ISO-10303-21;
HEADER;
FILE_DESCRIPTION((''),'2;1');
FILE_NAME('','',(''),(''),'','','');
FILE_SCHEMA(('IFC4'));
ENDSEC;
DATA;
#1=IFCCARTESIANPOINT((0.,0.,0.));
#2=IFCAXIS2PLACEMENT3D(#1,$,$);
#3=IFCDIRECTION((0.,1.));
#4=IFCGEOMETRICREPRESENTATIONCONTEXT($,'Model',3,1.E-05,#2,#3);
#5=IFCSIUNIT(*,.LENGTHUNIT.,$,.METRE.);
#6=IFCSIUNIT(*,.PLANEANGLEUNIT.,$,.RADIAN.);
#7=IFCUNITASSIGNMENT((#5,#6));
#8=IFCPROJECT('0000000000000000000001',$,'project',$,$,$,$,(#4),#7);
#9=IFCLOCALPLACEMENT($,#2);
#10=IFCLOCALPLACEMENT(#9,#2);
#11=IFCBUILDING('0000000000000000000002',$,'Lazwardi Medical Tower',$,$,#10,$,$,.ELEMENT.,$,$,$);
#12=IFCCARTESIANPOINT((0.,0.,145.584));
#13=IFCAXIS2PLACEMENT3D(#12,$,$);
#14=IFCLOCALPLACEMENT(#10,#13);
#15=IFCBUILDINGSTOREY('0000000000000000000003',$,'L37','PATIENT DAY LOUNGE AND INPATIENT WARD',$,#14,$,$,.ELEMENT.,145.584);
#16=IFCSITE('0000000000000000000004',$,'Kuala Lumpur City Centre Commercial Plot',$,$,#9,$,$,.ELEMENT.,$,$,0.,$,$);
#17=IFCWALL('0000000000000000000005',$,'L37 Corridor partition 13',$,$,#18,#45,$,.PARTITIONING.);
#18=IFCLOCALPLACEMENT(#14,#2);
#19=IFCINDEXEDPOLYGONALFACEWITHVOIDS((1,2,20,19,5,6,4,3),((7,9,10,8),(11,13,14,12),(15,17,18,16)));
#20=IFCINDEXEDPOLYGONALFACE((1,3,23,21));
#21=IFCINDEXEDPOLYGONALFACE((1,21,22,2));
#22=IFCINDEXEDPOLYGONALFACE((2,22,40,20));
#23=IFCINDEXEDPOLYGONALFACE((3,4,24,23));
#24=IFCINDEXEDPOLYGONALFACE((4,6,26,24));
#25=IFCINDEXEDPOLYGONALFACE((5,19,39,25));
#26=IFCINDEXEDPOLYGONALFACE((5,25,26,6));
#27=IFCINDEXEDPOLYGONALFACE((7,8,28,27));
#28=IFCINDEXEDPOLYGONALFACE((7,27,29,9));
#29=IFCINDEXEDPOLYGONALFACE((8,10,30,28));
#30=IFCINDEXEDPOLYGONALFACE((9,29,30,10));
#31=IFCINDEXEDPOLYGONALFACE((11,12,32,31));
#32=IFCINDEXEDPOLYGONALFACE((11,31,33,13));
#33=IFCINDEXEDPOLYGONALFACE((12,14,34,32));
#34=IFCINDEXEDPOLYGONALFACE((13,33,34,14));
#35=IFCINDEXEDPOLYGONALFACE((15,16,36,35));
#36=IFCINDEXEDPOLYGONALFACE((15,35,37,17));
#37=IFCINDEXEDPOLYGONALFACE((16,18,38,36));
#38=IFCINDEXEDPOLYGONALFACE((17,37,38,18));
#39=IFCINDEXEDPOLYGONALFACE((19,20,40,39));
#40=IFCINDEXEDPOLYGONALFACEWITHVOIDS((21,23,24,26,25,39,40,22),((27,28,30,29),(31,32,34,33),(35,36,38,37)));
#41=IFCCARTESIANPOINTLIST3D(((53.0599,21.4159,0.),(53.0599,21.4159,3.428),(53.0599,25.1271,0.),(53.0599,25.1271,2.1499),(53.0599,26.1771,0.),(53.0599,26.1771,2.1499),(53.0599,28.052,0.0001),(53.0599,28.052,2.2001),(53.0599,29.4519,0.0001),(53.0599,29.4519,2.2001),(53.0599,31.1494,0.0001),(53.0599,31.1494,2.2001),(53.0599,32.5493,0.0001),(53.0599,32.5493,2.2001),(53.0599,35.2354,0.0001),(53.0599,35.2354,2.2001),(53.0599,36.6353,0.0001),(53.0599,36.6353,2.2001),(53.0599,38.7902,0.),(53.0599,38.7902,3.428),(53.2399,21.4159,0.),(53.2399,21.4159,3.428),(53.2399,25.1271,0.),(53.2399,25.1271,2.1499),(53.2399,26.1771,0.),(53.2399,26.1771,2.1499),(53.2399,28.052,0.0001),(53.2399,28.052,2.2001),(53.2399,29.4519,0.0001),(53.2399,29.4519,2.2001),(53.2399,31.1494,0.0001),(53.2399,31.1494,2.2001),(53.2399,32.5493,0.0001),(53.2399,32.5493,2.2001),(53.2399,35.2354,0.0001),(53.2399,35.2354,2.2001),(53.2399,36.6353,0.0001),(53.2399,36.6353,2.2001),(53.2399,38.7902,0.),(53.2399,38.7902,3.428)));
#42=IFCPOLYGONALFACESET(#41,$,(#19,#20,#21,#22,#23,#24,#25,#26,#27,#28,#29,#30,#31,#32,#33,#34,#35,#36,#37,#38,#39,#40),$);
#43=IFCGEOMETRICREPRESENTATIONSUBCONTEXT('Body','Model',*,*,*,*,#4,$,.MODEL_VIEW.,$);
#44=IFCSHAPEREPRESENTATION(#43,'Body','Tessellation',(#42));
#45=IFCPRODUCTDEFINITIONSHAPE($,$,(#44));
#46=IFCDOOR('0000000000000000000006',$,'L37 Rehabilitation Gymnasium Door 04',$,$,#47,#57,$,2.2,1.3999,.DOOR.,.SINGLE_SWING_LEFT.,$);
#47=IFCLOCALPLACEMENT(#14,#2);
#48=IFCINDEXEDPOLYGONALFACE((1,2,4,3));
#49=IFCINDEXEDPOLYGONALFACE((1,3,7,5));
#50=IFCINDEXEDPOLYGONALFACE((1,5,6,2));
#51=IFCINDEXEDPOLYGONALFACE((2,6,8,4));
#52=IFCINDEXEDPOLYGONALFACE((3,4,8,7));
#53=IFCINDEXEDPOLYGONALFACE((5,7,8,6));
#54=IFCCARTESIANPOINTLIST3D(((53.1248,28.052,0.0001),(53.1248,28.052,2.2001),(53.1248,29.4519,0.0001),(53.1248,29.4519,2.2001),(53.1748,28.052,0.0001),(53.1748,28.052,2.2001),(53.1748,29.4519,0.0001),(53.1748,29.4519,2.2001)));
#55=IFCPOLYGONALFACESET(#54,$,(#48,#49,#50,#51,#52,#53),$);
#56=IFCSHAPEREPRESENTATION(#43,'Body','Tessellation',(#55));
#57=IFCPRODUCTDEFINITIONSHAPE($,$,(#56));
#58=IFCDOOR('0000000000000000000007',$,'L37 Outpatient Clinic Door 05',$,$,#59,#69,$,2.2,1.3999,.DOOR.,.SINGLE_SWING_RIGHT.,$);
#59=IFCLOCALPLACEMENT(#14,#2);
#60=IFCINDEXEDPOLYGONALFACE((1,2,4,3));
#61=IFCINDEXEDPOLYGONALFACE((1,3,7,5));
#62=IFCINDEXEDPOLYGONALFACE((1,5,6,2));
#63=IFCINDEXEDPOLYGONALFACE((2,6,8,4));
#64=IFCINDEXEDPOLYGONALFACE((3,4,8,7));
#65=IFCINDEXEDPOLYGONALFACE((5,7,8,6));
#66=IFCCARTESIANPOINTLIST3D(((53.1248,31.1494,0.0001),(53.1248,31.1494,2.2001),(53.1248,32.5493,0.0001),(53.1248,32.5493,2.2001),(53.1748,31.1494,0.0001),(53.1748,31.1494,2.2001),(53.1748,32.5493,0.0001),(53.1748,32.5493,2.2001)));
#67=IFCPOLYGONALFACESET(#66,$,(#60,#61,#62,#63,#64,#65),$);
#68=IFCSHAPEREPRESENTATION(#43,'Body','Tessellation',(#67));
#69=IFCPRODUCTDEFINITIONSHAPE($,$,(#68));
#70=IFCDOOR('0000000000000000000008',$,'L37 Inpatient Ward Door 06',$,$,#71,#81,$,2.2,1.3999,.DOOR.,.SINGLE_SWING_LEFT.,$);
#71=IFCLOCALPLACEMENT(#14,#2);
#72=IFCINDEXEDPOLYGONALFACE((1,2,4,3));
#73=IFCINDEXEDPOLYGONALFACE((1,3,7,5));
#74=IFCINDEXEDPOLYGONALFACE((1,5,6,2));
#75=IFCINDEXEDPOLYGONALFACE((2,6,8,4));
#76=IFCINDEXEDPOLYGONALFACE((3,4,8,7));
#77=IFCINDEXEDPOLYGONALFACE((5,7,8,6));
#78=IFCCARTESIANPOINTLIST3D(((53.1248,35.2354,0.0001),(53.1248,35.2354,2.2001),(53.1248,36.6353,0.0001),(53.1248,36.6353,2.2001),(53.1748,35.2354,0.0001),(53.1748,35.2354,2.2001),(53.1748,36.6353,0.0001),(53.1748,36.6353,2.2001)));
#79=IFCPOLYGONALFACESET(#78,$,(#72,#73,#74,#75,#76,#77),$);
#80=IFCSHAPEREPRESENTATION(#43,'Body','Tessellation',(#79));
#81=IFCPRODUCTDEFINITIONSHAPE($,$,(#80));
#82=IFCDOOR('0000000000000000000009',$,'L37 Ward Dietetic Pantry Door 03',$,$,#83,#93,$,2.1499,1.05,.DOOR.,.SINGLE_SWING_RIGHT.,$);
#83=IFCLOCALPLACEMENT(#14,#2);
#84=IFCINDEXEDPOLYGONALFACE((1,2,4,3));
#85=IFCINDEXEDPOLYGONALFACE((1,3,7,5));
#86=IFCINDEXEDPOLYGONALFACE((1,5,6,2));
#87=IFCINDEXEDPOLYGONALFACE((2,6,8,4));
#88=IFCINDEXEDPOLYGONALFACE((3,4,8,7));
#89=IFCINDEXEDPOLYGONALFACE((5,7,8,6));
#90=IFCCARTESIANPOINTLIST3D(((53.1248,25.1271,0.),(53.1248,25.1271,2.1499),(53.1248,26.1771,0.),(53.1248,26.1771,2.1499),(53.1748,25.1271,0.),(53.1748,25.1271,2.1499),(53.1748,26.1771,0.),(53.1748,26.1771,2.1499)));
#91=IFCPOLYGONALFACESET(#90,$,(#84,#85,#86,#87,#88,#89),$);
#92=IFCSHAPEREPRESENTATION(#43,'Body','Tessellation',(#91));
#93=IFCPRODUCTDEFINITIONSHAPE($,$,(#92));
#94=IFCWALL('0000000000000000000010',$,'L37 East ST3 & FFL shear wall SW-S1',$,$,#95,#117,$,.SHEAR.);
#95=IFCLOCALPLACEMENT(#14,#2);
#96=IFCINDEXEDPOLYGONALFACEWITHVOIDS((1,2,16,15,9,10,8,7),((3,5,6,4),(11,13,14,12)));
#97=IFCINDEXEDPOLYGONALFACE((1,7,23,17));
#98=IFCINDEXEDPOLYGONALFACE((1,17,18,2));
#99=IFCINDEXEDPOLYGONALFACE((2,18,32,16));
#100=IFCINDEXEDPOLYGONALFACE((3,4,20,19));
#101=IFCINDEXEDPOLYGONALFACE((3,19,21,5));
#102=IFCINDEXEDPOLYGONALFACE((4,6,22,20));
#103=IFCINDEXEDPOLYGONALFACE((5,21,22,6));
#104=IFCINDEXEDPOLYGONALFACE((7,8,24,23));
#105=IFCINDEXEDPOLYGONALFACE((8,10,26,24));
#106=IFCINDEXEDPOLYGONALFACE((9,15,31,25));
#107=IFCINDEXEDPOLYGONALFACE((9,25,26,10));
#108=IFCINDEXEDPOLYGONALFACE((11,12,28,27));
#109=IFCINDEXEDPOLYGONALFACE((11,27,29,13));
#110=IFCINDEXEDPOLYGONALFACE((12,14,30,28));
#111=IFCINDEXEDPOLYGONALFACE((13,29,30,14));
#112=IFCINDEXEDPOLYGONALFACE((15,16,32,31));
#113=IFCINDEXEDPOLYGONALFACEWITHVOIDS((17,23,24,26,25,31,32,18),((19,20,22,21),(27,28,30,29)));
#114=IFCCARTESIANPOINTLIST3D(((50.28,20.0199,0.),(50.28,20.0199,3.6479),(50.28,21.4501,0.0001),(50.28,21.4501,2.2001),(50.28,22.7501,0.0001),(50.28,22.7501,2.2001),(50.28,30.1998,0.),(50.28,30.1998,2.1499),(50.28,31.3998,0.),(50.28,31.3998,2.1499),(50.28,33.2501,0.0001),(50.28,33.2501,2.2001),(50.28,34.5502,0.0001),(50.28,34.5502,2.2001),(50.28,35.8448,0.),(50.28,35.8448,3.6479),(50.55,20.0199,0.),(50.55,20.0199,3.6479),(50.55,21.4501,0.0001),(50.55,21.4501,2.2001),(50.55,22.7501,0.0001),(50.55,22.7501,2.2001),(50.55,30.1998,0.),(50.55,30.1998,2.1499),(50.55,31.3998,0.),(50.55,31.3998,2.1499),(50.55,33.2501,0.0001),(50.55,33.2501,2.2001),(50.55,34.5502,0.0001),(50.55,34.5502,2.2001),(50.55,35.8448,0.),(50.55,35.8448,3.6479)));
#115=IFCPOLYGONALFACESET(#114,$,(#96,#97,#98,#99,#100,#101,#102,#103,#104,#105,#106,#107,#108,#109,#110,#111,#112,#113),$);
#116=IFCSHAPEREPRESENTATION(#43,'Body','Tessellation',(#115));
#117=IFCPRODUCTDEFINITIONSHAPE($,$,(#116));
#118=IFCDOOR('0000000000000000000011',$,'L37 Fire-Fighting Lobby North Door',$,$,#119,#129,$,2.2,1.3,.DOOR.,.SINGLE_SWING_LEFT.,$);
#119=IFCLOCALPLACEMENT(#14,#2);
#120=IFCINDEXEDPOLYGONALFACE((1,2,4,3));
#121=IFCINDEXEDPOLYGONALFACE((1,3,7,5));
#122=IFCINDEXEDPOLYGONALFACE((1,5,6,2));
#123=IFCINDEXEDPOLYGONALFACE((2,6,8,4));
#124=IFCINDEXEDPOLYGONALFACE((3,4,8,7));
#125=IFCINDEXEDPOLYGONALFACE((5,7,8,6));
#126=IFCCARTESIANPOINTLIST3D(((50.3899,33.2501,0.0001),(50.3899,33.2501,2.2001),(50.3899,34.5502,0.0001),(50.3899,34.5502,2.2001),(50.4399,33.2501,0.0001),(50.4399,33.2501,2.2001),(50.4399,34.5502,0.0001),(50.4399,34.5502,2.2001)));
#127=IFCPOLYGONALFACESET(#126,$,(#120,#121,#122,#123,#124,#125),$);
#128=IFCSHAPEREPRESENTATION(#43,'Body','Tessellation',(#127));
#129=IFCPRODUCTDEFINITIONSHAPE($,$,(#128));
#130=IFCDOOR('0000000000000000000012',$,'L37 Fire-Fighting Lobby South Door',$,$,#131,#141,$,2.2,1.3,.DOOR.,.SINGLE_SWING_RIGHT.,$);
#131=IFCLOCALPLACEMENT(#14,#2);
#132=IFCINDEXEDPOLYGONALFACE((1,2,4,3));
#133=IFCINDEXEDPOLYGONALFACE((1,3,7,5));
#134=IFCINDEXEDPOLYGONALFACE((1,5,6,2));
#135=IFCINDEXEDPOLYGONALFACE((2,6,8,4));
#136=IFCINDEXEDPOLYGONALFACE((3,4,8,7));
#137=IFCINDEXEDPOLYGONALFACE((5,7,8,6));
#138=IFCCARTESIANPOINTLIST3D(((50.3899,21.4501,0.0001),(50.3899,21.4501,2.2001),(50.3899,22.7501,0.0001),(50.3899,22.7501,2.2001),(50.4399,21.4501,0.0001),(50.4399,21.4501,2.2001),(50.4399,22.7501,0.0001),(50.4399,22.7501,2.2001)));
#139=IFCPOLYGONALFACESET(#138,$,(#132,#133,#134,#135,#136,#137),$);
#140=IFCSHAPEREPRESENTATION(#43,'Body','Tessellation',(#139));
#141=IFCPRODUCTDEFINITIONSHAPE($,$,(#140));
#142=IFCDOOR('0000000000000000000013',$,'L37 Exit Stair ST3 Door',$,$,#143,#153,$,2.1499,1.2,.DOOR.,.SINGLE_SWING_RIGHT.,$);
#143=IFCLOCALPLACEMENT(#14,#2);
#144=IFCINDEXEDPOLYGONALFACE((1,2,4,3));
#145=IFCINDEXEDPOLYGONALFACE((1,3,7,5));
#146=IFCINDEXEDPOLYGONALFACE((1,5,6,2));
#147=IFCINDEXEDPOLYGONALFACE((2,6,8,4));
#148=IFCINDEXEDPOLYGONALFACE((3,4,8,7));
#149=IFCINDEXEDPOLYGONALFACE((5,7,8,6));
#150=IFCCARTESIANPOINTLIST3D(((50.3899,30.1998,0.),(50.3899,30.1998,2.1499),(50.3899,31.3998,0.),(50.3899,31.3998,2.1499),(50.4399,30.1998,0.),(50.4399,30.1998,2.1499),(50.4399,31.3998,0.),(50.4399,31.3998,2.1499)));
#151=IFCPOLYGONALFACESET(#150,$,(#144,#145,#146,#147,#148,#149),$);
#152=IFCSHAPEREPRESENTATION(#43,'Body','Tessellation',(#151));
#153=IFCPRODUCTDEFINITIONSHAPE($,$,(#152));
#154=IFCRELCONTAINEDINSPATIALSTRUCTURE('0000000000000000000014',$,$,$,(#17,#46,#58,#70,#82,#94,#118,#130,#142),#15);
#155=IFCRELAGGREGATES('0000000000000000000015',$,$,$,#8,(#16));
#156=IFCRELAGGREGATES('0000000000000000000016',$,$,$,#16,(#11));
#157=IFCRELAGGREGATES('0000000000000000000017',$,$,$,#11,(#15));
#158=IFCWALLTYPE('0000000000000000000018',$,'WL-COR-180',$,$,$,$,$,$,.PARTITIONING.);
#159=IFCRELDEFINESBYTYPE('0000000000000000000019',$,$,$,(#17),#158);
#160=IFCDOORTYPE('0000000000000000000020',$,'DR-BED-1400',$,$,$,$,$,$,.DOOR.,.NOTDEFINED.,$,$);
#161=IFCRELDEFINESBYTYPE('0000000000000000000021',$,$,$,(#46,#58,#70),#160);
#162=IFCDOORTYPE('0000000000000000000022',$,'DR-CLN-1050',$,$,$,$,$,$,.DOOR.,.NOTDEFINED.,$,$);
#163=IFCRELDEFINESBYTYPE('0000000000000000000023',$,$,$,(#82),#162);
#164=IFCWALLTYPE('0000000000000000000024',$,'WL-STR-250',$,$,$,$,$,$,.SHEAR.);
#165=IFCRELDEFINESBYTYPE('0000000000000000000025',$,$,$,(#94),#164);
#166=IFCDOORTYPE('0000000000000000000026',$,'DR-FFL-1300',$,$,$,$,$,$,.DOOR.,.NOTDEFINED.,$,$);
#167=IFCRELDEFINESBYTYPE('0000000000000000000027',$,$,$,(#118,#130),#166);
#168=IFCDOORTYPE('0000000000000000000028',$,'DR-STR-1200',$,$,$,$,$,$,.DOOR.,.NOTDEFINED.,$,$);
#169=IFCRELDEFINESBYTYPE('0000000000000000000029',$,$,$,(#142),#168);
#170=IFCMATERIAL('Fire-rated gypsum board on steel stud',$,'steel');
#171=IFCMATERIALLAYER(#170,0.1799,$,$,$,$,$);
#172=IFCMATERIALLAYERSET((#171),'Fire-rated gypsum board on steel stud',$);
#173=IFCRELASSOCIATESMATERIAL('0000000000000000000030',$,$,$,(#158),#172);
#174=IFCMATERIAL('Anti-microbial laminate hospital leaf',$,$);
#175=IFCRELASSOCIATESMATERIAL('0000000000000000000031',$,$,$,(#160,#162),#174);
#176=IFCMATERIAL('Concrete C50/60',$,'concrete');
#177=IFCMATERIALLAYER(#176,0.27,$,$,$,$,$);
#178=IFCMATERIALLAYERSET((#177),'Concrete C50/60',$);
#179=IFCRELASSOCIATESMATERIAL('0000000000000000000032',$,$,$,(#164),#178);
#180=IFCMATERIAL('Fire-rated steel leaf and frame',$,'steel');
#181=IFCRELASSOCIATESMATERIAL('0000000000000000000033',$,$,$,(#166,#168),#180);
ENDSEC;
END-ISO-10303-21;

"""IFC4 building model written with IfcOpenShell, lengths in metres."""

from ifc_helpers import new_model, si_unit, direction, frame, frame_2d, origin, place, context, subcontext, project, spatial, rectangle, extrude, material, layer, layer_set, type_object, element, fill, save


model = new_model("IFC4")

# Units and contexts
model_context = context("Model", 3, precision=1e-05, world=origin(), true_north=direction((0.0, 1.0)))
body_context = subcontext(model_context, "Body", "Model", "MODEL_VIEW")
ifc_project = project(units=[si_unit("LENGTHUNIT", "METRE"), si_unit("PLANEANGLEUNIT", "RADIAN")], contexts=[model_context])

# Site, building, storey
site_placement = place(None, origin())
site = spatial("IfcSite", under=ifc_project, at=site_placement, Name="Kuala Lumpur City Centre Commercial Plot", CompositionType="ELEMENT", RefElevation=0.0)
building_placement = place(site_placement, origin())
building = spatial("IfcBuilding", under=site, at=building_placement, Name="Lazwardi Medical Tower", CompositionType="ELEMENT")
storey_placement = place(building_placement, frame((0.0, 0.0, 145.584)))
storey = spatial("IfcBuildingStorey", under=building, at=storey_placement, Name="L37", Description="PATIENT DAY LOUNGE AND INPATIENT WARD", CompositionType="ELEMENT", Elevation=145.584)

# Walls, openings, doors
ifc_material_1 = material(Name="Fire-rated gypsum board on steel stud", Category="steel")
ifc_layer_1 = layer(ifc_material_1, 0.1799)
ifc_layer_set_1 = layer_set([ifc_layer_1], Name="Fire-rated gypsum board on steel stud")
wall_type_1 = type_object("IfcWallType", Name="WL-COR-180", PredefinedType="PARTITIONING", material=ifc_layer_set_1)
wall_1_placement = place(storey_placement, frame((53.1499, 38.79, 0.0), z_axis=(0.0, 0.0, 1.0), x_axis=(0.0, -1.0, 0.0)))
wall_1 = element("IfcWall", 1, at=wall_1_placement, inside=storey, type_object=wall_type_1, Name="L37 Corridor partition 13", PredefinedType="PARTITIONING", context=body_context, shape_type="SweptSolid", body=[
    extrude(rectangle(XDim=17.3743, YDim=0.1799, at=frame_2d((8.687, 0.0))), origin(), (0.0, 0.0, 1.0), 3.428),
])
opening_1_placement = place(wall_1_placement, frame((12.613, 0.0, 0.0)))
opening_1 = element("IfcOpeningElement", 2, at=opening_1_placement, cuts=wall_1, PredefinedType="OPENING", context=body_context, shape_type="SweptSolid", body=[
    extrude(rectangle(XDim=1.05, YDim=2.1499, at=frame_2d((0.5249, 1.075))), frame((0.0, 0.0999, 0.0), z_axis=(0.0, -1.0, 0.0), x_axis=(1.0, 0.0, 0.0)), (0.0, 0.0, 1.0), 0.2),
])
opening_2_placement = place(wall_1_placement, frame((9.3381, 0.0, 0.0)))
opening_2 = element("IfcOpeningElement", 3, at=opening_2_placement, cuts=wall_1, PredefinedType="OPENING", context=body_context, shape_type="SweptSolid", body=[
    extrude(rectangle(XDim=1.3999, YDim=2.2, at=frame_2d((0.7, 1.1001))), frame((0.0, 0.0999, 0.0), z_axis=(0.0, -1.0, 0.0), x_axis=(1.0, 0.0, 0.0)), (0.0, 0.0, 1.0), 0.2),
])
opening_3_placement = place(wall_1_placement, frame((6.2407, 0.0, 0.0)))
opening_3 = element("IfcOpeningElement", 4, at=opening_3_placement, cuts=wall_1, PredefinedType="OPENING", context=body_context, shape_type="SweptSolid", body=[
    extrude(rectangle(XDim=1.3999, YDim=2.2, at=frame_2d((0.7, 1.1001))), frame((0.0, 0.0999, 0.0), z_axis=(0.0, -1.0, 0.0), x_axis=(1.0, 0.0, 0.0)), (0.0, 0.0, 1.0), 0.2),
])
opening_4_placement = place(wall_1_placement, frame((2.1548, 0.0, 0.0)))
opening_4 = element("IfcOpeningElement", 5, at=opening_4_placement, cuts=wall_1, PredefinedType="OPENING", context=body_context, shape_type="SweptSolid", body=[
    extrude(rectangle(XDim=1.3999, YDim=2.2, at=frame_2d((0.7, 1.1001))), frame((0.0, 0.0999, 0.0), z_axis=(0.0, -1.0, 0.0), x_axis=(1.0, 0.0, 0.0)), (0.0, 0.0, 1.0), 0.2),
])
ifc_material_2 = material(Name="Anti-microbial laminate hospital leaf")
door_type_1 = type_object("IfcDoorType", Name="DR-BED-1400", OperationType="NOTDEFINED", PredefinedType="DOOR", material=ifc_material_2)
door_1_placement = place(opening_2_placement, origin())
door_1 = element("IfcDoor", 6, at=door_1_placement, inside=storey, type_object=door_type_1, Name="L37 Rehabilitation Gymnasium Door 04", OperationType="SINGLE_SWING_LEFT", OverallHeight=2.2, OverallWidth=1.3999, PredefinedType="DOOR", context=body_context, shape_type="SweptSolid", body=[
    extrude(rectangle(XDim=1.3999, YDim=2.2, at=frame_2d((0.7, 1.1001))), frame((0.0, 0.0249, 0.0), z_axis=(0.0, -1.0, 0.0), x_axis=(1.0, 0.0, 0.0)), (0.0, 0.0, 1.0), 0.05),
])
fill(opening_2, door_1)
door_2_placement = place(opening_3_placement, origin())
door_2 = element("IfcDoor", 7, at=door_2_placement, inside=storey, type_object=door_type_1, Name="L37 Outpatient Clinic Door 05", OperationType="SINGLE_SWING_RIGHT", OverallHeight=2.2, OverallWidth=1.3999, PredefinedType="DOOR", context=body_context, shape_type="SweptSolid", body=[
    extrude(rectangle(XDim=1.3999, YDim=2.2, at=frame_2d((0.7, 1.1001))), frame((0.0, 0.0249, 0.0), z_axis=(0.0, -1.0, 0.0), x_axis=(1.0, 0.0, 0.0)), (0.0, 0.0, 1.0), 0.05),
])
fill(opening_3, door_2)
door_3_placement = place(opening_4_placement, origin())
door_3 = element("IfcDoor", 8, at=door_3_placement, inside=storey, type_object=door_type_1, Name="L37 Inpatient Ward Door 06", OperationType="SINGLE_SWING_LEFT", OverallHeight=2.2, OverallWidth=1.3999, PredefinedType="DOOR", context=body_context, shape_type="SweptSolid", body=[
    extrude(rectangle(XDim=1.3999, YDim=2.2, at=frame_2d((0.7, 1.1001))), frame((0.0, 0.0249, 0.0), z_axis=(0.0, -1.0, 0.0), x_axis=(1.0, 0.0, 0.0)), (0.0, 0.0, 1.0), 0.05),
])
fill(opening_4, door_3)
door_type_2 = type_object("IfcDoorType", Name="DR-CLN-1050", OperationType="NOTDEFINED", PredefinedType="DOOR", material=ifc_material_2)
door_4_placement = place(opening_1_placement, origin())
door_4 = element("IfcDoor", 9, at=door_4_placement, inside=storey, type_object=door_type_2, Name="L37 Ward Dietetic Pantry Door 03", OperationType="SINGLE_SWING_RIGHT", OverallHeight=2.1499, OverallWidth=1.05, PredefinedType="DOOR", context=body_context, shape_type="SweptSolid", body=[
    extrude(rectangle(XDim=1.05, YDim=2.1499, at=frame_2d((0.5249, 1.075))), frame((0.0, 0.0249, 0.0), z_axis=(0.0, -1.0, 0.0), x_axis=(1.0, 0.0, 0.0)), (0.0, 0.0, 1.0), 0.05),
])
fill(opening_1, door_4)
ifc_material_3 = material(Name="Concrete C50/60", Category="concrete")
ifc_layer_2 = layer(ifc_material_3, 0.27)
ifc_layer_set_2 = layer_set([ifc_layer_2], Name="Concrete C50/60")
wall_type_2 = type_object("IfcWallType", Name="WL-STR-250", PredefinedType="SHEAR", material=ifc_layer_set_2)
wall_2_placement = place(storey_placement, frame((50.415, 35.845, 0.0), z_axis=(0.0, 0.0, 1.0), x_axis=(0.0, -1.0, 0.0)))
wall_2 = element("IfcWall", 10, at=wall_2_placement, inside=storey, type_object=wall_type_2, Name="L37 East ST3 & FFL shear wall SW-S1", PredefinedType="SHEAR", context=body_context, shape_type="SweptSolid", body=[
    extrude(rectangle(XDim=15.825, YDim=0.27, at=frame_2d((7.9126, 0.0))), origin(), (0.0, 0.0, 1.0), 3.6479),
])
opening_5_placement = place(wall_2_placement, frame((4.4451, 0.0, 0.0)))
opening_5 = element("IfcOpeningElement", 11, at=opening_5_placement, cuts=wall_2, PredefinedType="OPENING", context=body_context, shape_type="SweptSolid", body=[
    extrude(rectangle(XDim=1.2, YDim=2.1499, at=frame_2d((0.6001, 1.075))), frame((0.0, 0.145, 0.0), z_axis=(0.0, -1.0, 0.0), x_axis=(1.0, 0.0, 0.0)), (0.0, 0.0, 1.0), 0.29),
])
opening_6_placement = place(wall_2_placement, frame((1.2949, 0.0, 0.0)))
opening_6 = element("IfcOpeningElement", 12, at=opening_6_placement, cuts=wall_2, PredefinedType="OPENING", context=body_context, shape_type="SweptSolid", body=[
    extrude(rectangle(XDim=1.3, YDim=2.2, at=frame_2d((0.6499, 1.1001))), frame((0.0, 0.145, 0.0), z_axis=(0.0, -1.0, 0.0), x_axis=(1.0, 0.0, 0.0)), (0.0, 0.0, 1.0), 0.29),
])
opening_7_placement = place(wall_2_placement, frame((13.095, 0.0, 0.0)))
opening_7 = element("IfcOpeningElement", 13, at=opening_7_placement, cuts=wall_2, PredefinedType="OPENING", context=body_context, shape_type="SweptSolid", body=[
    extrude(rectangle(XDim=1.3, YDim=2.2, at=frame_2d((0.6499, 1.1001))), frame((0.0, 0.145, 0.0), z_axis=(0.0, -1.0, 0.0), x_axis=(1.0, 0.0, 0.0)), (0.0, 0.0, 1.0), 0.29),
])
ifc_material_4 = material(Name="Fire-rated steel leaf and frame", Category="steel")
door_type_3 = type_object("IfcDoorType", Name="DR-FFL-1300", OperationType="NOTDEFINED", PredefinedType="DOOR", material=ifc_material_4)
door_5_placement = place(opening_6_placement, origin())
door_5 = element("IfcDoor", 14, at=door_5_placement, inside=storey, type_object=door_type_3, Name="L37 Fire-Fighting Lobby North Door", OperationType="SINGLE_SWING_LEFT", OverallHeight=2.2, OverallWidth=1.3, PredefinedType="DOOR", context=body_context, shape_type="SweptSolid", body=[
    extrude(rectangle(XDim=1.3, YDim=2.2, at=frame_2d((0.6499, 1.1001))), frame((0.0, 0.0249, 0.0), z_axis=(0.0, -1.0, 0.0), x_axis=(1.0, 0.0, 0.0)), (0.0, 0.0, 1.0), 0.05),
])
fill(opening_6, door_5)
door_6_placement = place(opening_7_placement, origin())
door_6 = element("IfcDoor", 15, at=door_6_placement, inside=storey, type_object=door_type_3, Name="L37 Fire-Fighting Lobby South Door", OperationType="SINGLE_SWING_RIGHT", OverallHeight=2.2, OverallWidth=1.3, PredefinedType="DOOR", context=body_context, shape_type="SweptSolid", body=[
    extrude(rectangle(XDim=1.3, YDim=2.2, at=frame_2d((0.6499, 1.1001))), frame((0.0, 0.0249, 0.0), z_axis=(0.0, -1.0, 0.0), x_axis=(1.0, 0.0, 0.0)), (0.0, 0.0, 1.0), 0.05),
])
fill(opening_7, door_6)
door_type_4 = type_object("IfcDoorType", Name="DR-STR-1200", OperationType="NOTDEFINED", PredefinedType="DOOR", material=ifc_material_4)
door_7_placement = place(opening_5_placement, origin())
door_7 = element("IfcDoor", 16, at=door_7_placement, inside=storey, type_object=door_type_4, Name="L37 Exit Stair ST3 Door", OperationType="SINGLE_SWING_RIGHT", OverallHeight=2.1499, OverallWidth=1.2, PredefinedType="DOOR", context=body_context, shape_type="SweptSolid", body=[
    extrude(rectangle(XDim=1.2, YDim=2.1499, at=frame_2d((0.6001, 1.075))), frame((0.0, 0.0249, 0.0), z_axis=(0.0, -1.0, 0.0), x_axis=(1.0, 0.0, 0.0)), (0.0, 0.0, 1.0), 0.05),
])
fill(opening_5, door_7)

save(model, "model.ifc")
